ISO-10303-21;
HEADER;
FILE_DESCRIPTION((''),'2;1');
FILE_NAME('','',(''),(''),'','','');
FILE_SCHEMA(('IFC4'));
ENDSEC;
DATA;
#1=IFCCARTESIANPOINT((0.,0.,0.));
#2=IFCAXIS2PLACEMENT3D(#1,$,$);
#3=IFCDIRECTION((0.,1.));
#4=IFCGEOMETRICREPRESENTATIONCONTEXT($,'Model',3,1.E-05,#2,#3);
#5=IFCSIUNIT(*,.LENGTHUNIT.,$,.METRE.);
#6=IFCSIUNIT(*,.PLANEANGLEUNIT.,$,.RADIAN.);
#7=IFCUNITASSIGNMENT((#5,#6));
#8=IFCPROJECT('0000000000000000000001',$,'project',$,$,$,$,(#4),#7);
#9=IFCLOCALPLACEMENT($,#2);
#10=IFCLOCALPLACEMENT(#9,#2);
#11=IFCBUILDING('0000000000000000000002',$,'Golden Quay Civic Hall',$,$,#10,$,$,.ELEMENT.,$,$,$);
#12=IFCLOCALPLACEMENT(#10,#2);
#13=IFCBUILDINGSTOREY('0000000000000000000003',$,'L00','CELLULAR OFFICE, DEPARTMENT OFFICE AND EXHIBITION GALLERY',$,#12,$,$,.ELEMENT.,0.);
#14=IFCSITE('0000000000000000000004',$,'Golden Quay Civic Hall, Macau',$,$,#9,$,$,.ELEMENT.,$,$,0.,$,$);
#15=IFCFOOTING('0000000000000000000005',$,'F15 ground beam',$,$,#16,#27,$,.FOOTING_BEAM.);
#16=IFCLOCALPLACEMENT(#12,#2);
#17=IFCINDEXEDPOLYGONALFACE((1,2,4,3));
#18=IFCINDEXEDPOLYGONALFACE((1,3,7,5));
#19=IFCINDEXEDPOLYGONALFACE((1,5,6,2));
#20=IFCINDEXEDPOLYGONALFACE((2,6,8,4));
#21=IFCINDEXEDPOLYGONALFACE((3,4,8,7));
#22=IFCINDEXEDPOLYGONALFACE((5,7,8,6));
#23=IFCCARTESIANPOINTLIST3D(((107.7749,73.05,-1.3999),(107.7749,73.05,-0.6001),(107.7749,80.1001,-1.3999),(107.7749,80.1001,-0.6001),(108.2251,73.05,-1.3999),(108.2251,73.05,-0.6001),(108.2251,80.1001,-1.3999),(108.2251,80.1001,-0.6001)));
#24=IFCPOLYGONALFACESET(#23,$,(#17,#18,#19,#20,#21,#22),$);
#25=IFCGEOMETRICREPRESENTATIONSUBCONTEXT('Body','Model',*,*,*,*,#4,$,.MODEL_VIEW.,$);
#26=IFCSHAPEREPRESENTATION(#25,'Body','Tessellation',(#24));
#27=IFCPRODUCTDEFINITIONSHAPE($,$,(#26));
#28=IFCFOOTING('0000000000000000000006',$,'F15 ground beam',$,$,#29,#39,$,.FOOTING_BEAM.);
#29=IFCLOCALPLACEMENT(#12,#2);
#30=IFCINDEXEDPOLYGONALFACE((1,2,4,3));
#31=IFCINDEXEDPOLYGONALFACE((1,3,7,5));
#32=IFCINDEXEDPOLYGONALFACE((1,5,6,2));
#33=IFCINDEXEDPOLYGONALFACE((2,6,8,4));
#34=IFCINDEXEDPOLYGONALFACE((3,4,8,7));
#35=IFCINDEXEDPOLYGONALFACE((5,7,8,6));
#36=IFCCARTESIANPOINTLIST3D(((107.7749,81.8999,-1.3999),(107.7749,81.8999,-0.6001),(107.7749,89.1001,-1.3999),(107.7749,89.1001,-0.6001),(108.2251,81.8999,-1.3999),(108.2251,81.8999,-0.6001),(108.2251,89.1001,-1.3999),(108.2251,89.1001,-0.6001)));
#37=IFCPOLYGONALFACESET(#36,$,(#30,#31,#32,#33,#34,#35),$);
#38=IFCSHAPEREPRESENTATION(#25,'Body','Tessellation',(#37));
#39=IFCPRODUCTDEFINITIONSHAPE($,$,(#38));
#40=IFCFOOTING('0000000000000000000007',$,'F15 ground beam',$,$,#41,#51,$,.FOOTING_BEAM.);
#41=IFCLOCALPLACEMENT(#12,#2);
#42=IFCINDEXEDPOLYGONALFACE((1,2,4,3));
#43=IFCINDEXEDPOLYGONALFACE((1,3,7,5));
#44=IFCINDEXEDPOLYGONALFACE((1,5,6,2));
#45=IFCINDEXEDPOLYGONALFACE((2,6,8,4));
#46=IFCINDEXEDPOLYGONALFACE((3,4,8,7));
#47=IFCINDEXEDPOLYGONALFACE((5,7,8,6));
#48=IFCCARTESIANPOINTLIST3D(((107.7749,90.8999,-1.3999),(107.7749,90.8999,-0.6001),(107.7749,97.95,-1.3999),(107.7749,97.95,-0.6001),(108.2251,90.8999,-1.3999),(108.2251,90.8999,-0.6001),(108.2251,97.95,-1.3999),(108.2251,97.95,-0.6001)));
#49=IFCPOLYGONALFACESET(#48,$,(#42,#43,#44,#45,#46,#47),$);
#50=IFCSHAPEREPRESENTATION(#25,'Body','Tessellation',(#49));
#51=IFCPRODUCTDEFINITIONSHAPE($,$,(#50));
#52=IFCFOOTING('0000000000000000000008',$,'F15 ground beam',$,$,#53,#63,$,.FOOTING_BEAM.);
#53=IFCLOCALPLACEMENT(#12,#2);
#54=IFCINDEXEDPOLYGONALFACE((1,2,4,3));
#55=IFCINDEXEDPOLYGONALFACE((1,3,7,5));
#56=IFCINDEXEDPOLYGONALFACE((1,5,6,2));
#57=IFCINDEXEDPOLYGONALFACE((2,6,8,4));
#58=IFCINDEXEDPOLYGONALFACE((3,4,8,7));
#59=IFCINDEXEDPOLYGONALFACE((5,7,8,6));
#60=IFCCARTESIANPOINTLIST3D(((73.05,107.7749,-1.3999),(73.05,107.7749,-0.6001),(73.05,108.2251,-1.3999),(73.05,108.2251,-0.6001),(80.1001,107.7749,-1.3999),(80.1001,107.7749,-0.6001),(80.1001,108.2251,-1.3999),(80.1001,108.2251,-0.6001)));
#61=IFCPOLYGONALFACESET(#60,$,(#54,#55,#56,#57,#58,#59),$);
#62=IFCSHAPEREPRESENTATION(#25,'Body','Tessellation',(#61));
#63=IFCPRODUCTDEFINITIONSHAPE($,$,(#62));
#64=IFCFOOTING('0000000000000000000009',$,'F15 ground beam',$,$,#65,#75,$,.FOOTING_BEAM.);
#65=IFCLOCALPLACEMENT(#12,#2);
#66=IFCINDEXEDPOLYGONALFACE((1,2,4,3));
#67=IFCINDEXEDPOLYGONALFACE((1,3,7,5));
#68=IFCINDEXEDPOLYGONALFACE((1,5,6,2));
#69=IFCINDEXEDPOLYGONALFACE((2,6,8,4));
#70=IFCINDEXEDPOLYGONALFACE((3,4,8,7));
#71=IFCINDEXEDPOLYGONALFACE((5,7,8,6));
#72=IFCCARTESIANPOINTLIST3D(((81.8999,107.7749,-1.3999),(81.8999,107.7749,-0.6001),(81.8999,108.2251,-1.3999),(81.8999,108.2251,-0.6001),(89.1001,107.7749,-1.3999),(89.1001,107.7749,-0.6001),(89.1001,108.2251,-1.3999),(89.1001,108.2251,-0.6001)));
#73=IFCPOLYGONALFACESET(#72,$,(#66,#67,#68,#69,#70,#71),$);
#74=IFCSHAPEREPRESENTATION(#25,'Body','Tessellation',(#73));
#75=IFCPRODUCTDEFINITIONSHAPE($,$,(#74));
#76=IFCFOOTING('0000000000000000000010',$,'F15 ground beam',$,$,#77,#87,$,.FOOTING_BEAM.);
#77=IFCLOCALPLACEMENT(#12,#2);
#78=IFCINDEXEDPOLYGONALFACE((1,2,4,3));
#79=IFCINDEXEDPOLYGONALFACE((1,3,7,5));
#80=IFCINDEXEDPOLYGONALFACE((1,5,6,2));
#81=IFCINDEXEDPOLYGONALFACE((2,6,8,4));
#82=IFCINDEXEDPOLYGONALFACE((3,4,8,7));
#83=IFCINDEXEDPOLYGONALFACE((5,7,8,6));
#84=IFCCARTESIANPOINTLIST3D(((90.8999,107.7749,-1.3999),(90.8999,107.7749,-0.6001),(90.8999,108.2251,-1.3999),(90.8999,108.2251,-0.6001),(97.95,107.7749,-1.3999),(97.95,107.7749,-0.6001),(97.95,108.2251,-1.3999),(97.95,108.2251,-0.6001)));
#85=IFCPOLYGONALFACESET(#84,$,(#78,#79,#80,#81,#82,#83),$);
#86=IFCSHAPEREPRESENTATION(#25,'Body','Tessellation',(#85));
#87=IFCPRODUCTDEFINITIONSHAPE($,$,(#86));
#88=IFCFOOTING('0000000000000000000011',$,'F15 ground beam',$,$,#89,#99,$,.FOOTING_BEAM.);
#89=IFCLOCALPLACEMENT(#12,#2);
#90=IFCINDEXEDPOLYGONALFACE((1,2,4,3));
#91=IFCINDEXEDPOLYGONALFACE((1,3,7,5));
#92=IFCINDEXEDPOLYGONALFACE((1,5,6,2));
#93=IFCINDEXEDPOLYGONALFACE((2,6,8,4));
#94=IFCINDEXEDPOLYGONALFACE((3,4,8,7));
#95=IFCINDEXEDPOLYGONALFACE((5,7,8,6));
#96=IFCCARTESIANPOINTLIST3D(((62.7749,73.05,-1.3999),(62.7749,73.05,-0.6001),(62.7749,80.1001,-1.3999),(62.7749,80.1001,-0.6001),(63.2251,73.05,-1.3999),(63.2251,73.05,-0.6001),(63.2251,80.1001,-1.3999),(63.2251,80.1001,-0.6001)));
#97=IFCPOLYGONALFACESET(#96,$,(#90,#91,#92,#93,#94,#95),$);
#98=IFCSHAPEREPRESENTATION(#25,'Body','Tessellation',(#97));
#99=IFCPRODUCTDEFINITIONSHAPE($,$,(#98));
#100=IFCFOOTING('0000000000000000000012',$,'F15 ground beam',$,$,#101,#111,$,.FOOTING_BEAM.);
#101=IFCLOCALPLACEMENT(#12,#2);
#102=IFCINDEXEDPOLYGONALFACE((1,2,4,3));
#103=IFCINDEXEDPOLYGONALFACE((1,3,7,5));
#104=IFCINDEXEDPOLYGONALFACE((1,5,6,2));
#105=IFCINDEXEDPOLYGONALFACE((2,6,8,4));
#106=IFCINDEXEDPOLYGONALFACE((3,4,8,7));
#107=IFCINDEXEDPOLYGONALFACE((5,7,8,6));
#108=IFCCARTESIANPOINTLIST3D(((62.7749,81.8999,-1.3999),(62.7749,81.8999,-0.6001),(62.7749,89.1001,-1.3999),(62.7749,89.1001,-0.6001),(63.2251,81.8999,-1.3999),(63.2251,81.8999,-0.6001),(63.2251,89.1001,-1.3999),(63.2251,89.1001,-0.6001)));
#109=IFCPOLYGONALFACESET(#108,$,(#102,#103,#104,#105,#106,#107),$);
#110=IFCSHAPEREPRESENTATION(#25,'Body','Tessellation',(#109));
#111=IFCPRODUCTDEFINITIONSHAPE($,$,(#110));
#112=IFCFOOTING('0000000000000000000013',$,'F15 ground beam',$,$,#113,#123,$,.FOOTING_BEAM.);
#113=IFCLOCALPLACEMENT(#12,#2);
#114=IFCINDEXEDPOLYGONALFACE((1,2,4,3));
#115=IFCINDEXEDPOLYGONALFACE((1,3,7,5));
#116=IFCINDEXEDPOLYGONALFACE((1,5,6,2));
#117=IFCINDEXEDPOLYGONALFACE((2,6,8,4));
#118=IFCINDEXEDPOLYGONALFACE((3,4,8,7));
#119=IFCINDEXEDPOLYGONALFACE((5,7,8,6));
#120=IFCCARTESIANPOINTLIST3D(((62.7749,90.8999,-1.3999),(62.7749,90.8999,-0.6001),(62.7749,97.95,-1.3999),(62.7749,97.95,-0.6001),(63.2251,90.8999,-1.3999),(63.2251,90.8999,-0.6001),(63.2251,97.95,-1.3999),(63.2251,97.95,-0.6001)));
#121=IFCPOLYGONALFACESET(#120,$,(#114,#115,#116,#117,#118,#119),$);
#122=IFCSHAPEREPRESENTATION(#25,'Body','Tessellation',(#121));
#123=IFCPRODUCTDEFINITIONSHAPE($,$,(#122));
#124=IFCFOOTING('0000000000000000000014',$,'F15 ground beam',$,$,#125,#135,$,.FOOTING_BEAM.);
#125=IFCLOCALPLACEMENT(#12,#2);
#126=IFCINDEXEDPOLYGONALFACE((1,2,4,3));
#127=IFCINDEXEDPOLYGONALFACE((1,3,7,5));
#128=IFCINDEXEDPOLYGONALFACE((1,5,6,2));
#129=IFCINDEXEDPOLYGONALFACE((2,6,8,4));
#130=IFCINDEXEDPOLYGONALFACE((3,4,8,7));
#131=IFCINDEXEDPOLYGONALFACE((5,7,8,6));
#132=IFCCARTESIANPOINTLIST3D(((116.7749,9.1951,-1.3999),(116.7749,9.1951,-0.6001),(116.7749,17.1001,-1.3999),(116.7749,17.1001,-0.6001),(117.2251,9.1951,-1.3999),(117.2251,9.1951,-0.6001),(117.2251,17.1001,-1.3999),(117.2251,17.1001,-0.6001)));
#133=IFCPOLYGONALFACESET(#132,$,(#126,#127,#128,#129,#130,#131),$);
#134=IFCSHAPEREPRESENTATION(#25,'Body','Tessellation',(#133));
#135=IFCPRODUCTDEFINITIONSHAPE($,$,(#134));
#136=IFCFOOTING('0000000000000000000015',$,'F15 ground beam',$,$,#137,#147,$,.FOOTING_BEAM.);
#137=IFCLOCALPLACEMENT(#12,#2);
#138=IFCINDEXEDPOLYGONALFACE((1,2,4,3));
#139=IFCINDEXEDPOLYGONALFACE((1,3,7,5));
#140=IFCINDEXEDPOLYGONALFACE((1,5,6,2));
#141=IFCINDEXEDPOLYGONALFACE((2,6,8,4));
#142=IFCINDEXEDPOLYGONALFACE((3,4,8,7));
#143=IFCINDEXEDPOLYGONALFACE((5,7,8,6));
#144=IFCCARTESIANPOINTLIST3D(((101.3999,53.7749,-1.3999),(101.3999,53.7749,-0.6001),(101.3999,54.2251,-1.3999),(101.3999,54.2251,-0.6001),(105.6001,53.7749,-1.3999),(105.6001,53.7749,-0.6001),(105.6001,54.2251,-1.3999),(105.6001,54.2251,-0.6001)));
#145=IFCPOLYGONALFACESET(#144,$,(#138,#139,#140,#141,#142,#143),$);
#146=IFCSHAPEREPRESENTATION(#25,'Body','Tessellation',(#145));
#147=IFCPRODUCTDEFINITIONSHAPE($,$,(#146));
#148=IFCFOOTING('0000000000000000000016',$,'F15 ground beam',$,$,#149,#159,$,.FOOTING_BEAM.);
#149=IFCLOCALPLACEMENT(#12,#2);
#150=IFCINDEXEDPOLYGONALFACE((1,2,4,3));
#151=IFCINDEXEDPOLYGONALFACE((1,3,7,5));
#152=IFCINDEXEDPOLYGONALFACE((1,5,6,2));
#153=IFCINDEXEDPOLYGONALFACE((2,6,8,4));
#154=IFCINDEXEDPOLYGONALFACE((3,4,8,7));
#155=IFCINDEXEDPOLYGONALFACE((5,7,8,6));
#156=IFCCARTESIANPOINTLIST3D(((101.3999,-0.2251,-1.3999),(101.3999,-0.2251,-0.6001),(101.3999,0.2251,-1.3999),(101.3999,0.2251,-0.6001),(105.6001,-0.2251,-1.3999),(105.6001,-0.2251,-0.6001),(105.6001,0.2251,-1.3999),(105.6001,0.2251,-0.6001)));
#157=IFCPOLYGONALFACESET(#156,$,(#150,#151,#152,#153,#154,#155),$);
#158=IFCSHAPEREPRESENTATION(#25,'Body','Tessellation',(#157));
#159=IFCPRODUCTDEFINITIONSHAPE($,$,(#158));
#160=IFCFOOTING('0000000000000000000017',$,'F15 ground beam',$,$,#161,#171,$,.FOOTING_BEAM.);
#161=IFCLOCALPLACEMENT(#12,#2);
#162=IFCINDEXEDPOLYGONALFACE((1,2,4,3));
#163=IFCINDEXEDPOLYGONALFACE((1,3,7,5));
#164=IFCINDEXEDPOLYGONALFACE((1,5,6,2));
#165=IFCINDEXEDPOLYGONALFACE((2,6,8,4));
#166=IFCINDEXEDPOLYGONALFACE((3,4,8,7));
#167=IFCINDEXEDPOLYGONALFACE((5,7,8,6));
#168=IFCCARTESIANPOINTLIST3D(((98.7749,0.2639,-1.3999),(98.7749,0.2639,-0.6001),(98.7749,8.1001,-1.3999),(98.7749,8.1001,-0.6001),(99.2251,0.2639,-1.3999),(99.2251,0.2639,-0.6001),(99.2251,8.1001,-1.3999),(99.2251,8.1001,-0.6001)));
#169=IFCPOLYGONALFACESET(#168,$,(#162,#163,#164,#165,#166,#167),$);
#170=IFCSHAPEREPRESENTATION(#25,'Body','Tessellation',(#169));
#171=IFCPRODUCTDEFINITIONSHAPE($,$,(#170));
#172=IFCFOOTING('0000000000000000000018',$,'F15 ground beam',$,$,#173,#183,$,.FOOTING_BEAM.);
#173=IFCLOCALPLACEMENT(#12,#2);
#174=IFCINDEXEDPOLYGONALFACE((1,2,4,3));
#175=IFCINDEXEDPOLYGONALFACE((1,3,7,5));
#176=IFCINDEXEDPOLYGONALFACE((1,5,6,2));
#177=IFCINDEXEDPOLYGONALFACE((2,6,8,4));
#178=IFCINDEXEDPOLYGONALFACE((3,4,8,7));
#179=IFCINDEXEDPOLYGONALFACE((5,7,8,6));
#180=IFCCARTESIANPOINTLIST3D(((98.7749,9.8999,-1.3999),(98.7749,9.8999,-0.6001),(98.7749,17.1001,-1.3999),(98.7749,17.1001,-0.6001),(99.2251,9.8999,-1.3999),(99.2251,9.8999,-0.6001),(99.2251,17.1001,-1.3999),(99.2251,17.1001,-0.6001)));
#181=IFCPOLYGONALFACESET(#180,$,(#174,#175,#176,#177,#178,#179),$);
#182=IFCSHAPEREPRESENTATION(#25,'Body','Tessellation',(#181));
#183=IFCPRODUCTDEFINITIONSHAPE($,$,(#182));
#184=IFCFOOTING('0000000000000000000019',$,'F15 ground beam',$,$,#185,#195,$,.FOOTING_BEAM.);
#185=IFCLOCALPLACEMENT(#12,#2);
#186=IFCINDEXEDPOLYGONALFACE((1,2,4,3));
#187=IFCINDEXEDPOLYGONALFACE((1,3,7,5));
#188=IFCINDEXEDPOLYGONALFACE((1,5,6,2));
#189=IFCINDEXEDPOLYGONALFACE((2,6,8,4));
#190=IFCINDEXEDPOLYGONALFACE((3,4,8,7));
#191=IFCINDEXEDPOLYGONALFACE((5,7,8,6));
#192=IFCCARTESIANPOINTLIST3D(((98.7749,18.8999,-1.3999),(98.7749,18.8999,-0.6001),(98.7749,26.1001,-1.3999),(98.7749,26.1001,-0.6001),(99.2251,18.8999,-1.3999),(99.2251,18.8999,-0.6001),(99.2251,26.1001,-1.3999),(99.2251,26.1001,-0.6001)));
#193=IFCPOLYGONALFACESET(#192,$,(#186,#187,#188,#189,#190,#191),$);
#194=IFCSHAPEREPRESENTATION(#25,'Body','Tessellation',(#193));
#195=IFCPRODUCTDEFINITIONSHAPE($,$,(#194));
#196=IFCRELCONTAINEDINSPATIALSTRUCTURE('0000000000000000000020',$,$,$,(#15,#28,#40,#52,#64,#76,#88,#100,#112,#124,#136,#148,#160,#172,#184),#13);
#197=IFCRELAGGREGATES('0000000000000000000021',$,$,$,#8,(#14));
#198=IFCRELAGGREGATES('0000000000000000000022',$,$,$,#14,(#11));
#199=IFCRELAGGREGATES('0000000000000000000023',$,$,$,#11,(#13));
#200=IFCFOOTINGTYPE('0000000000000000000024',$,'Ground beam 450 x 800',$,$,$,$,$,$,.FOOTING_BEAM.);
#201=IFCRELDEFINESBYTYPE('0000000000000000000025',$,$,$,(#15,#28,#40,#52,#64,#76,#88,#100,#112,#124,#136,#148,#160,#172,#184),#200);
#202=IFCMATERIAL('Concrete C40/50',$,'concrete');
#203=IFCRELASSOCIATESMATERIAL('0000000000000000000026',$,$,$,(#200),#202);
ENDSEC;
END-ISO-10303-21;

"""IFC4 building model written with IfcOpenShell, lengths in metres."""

from ifc_helpers import new_model, si_unit, direction, frame, origin, place, context, subcontext, project, spatial, polyline, outline, extrude, material, type_object, element, save


model = new_model("IFC4")

# Units and contexts
model_context = context("Model", 3, precision=1e-05, world=origin(), true_north=direction((0.0, 1.0)))
body_context = subcontext(model_context, "Body", "Model", "MODEL_VIEW")
ifc_project = project(units=[si_unit("LENGTHUNIT", "METRE"), si_unit("PLANEANGLEUNIT", "RADIAN")], contexts=[model_context])

# Site, building, storey
site_placement = place(None, origin())
site = spatial("IfcSite", under=ifc_project, at=site_placement, Name="Golden Quay Civic Hall, Macau", CompositionType="ELEMENT", RefElevation=0.0)
building_placement = place(site_placement, origin())
building = spatial("IfcBuilding", under=site, at=building_placement, Name="Golden Quay Civic Hall", CompositionType="ELEMENT")
storey_placement = place(building_placement, origin())
storey = spatial("IfcBuildingStorey", under=building, at=storey_placement, Name="L00", Description="CELLULAR OFFICE, DEPARTMENT OFFICE AND EXHIBITION GALLERY", CompositionType="ELEMENT", Elevation=0.0)

# Footings
ifc_material_1 = material(Name="Concrete C40/50", Category="concrete")
footing_type_1 = type_object("IfcFootingType", Name="Ground beam 450 x 800", PredefinedType="FOOTING_BEAM", material=ifc_material_1)
footing_1_placement = place(storey_placement, frame((0.0, 0.0, -1.3999)))
element("IfcFooting", 1, at=footing_1_placement, inside=storey, type_object=footing_type_1, Name="F15 ground beam", PredefinedType="FOOTING_BEAM", context=body_context, shape_type="SweptSolid", body=[
    extrude(outline(polyline([(107.7749, 80.1001), (108.2251, 80.1001), (108.2251, 73.05), (107.7749, 73.05), (107.7749, 80.1001)])), origin(), (0.0, 0.0, 1.0), 0.7998),
])
footing_2_placement = place(storey_placement, frame((0.0, 0.0, -1.3999)))
element("IfcFooting", 2, at=footing_2_placement, inside=storey, type_object=footing_type_1, Name="F15 ground beam", PredefinedType="FOOTING_BEAM", context=body_context, shape_type="SweptSolid", body=[
    extrude(outline(polyline([(107.7749, 89.1001), (108.2251, 89.1001), (108.2251, 81.8999), (107.7749, 81.8999), (107.7749, 89.1001)])), origin(), (0.0, 0.0, 1.0), 0.7998),
])
footing_3_placement = place(storey_placement, frame((0.0, 0.0, -1.3999)))
element("IfcFooting", 3, at=footing_3_placement, inside=storey, type_object=footing_type_1, Name="F15 ground beam", PredefinedType="FOOTING_BEAM", context=body_context, shape_type="SweptSolid", body=[
    extrude(outline(polyline([(107.7749, 97.95), (108.2251, 97.95), (108.2251, 90.8999), (107.7749, 90.8999), (107.7749, 97.95)])), origin(), (0.0, 0.0, 1.0), 0.7998),
])
footing_4_placement = place(storey_placement, frame((0.0, 0.0, -1.3999)))
element("IfcFooting", 4, at=footing_4_placement, inside=storey, type_object=footing_type_1, Name="F15 ground beam", PredefinedType="FOOTING_BEAM", context=body_context, shape_type="SweptSolid", body=[
    extrude(outline(polyline([(80.1001, 108.2251), (80.1001, 107.7749), (73.05, 107.7749), (73.05, 108.2251), (80.1001, 108.2251)])), origin(), (0.0, 0.0, 1.0), 0.7998),
])
footing_5_placement = place(storey_placement, frame((0.0, 0.0, -1.3999)))
element("IfcFooting", 5, at=footing_5_placement, inside=storey, type_object=footing_type_1, Name="F15 ground beam", PredefinedType="FOOTING_BEAM", context=body_context, shape_type="SweptSolid", body=[
    extrude(outline(polyline([(89.1001, 108.2251), (89.1001, 107.7749), (81.8999, 107.7749), (81.8999, 108.2251), (89.1001, 108.2251)])), origin(), (0.0, 0.0, 1.0), 0.7998),
])
footing_6_placement = place(storey_placement, frame((0.0, 0.0, -1.3999)))
element("IfcFooting", 6, at=footing_6_placement, inside=storey, type_object=footing_type_1, Name="F15 ground beam", PredefinedType="FOOTING_BEAM", context=body_context, shape_type="SweptSolid", body=[
    extrude(outline(polyline([(97.95, 108.2251), (97.95, 107.7749), (90.8999, 107.7749), (90.8999, 108.2251), (97.95, 108.2251)])), origin(), (0.0, 0.0, 1.0), 0.7998),
])
footing_7_placement = place(storey_placement, frame((0.0, 0.0, -1.3999)))
element("IfcFooting", 7, at=footing_7_placement, inside=storey, type_object=footing_type_1, Name="F15 ground beam", PredefinedType="FOOTING_BEAM", context=body_context, shape_type="SweptSolid", body=[
    extrude(outline(polyline([(62.7749, 80.1001), (63.2251, 80.1001), (63.2251, 73.05), (62.7749, 73.05), (62.7749, 80.1001)])), origin(), (0.0, 0.0, 1.0), 0.7998),
])
footing_8_placement = place(storey_placement, frame((0.0, 0.0, -1.3999)))
element("IfcFooting", 8, at=footing_8_placement, inside=storey, type_object=footing_type_1, Name="F15 ground beam", PredefinedType="FOOTING_BEAM", context=body_context, shape_type="SweptSolid", body=[
    extrude(outline(polyline([(62.7749, 89.1001), (63.2251, 89.1001), (63.2251, 81.8999), (62.7749, 81.8999), (62.7749, 89.1001)])), origin(), (0.0, 0.0, 1.0), 0.7998),
])
footing_9_placement = place(storey_placement, frame((0.0, 0.0, -1.3999)))
element("IfcFooting", 9, at=footing_9_placement, inside=storey, type_object=footing_type_1, Name="F15 ground beam", PredefinedType="FOOTING_BEAM", context=body_context, shape_type="SweptSolid", body=[
    extrude(outline(polyline([(62.7749, 97.95), (63.2251, 97.95), (63.2251, 90.8999), (62.7749, 90.8999), (62.7749, 97.95)])), origin(), (0.0, 0.0, 1.0), 0.7998),
])
footing_10_placement = place(storey_placement, frame((0.0, 0.0, -1.3999)))
element("IfcFooting", 10, at=footing_10_placement, inside=storey, type_object=footing_type_1, Name="F15 ground beam", PredefinedType="FOOTING_BEAM", context=body_context, shape_type="SweptSolid", body=[
    extrude(outline(polyline([(117.2251, 9.1951), (116.7749, 9.1951), (116.7749, 17.1001), (117.2251, 17.1001), (117.2251, 9.1951)])), origin(), (0.0, 0.0, 1.0), 0.7998),
])
footing_11_placement = place(storey_placement, frame((0.0, 0.0, -1.3999)))
element("IfcFooting", 11, at=footing_11_placement, inside=storey, type_object=footing_type_1, Name="F15 ground beam", PredefinedType="FOOTING_BEAM", context=body_context, shape_type="SweptSolid", body=[
    extrude(outline(polyline([(105.6001, 54.2251), (105.6001, 53.7749), (101.3999, 53.7749), (101.3999, 54.2251), (105.6001, 54.2251)])), origin(), (0.0, 0.0, 1.0), 0.7998),
])
footing_12_placement = place(storey_placement, frame((0.0, 0.0, -1.3999)))
element("IfcFooting", 12, at=footing_12_placement, inside=storey, type_object=footing_type_1, Name="F15 ground beam", PredefinedType="FOOTING_BEAM", context=body_context, shape_type="SweptSolid", body=[
    extrude(outline(polyline([(101.3999, -0.2251), (101.3999, 0.2251), (105.6001, 0.2251), (105.6001, -0.2251), (101.3999, -0.2251)])), origin(), (0.0, 0.0, 1.0), 0.7998),
])
footing_13_placement = place(storey_placement, frame((0.0, 0.0, -1.3999)))
element("IfcFooting", 13, at=footing_13_placement, inside=storey, type_object=footing_type_1, Name="F15 ground beam", PredefinedType="FOOTING_BEAM", context=body_context, shape_type="SweptSolid", body=[
    extrude(outline(polyline([(98.7749, 8.1001), (99.2251, 8.1001), (99.2251, 0.2639), (98.7749, 0.2639), (98.7749, 8.1001)])), origin(), (0.0, 0.0, 1.0), 0.7998),
])
footing_14_placement = place(storey_placement, frame((0.0, 0.0, -1.3999)))
element("IfcFooting", 14, at=footing_14_placement, inside=storey, type_object=footing_type_1, Name="F15 ground beam", PredefinedType="FOOTING_BEAM", context=body_context, shape_type="SweptSolid", body=[
    extrude(outline(polyline([(98.7749, 17.1001), (99.2251, 17.1001), (99.2251, 9.8999), (98.7749, 9.8999), (98.7749, 17.1001)])), origin(), (0.0, 0.0, 1.0), 0.7998),
])
footing_15_placement = place(storey_placement, frame((0.0, 0.0, -1.3999)))
element("IfcFooting", 15, at=footing_15_placement, inside=storey, type_object=footing_type_1, Name="F15 ground beam", PredefinedType="FOOTING_BEAM", context=body_context, shape_type="SweptSolid", body=[
    extrude(outline(polyline([(98.7749, 26.1001), (99.2251, 26.1001), (99.2251, 18.8999), (98.7749, 18.8999), (98.7749, 26.1001)])), origin(), (0.0, 0.0, 1.0), 0.7998),
])

save(model, "model.ifc")
